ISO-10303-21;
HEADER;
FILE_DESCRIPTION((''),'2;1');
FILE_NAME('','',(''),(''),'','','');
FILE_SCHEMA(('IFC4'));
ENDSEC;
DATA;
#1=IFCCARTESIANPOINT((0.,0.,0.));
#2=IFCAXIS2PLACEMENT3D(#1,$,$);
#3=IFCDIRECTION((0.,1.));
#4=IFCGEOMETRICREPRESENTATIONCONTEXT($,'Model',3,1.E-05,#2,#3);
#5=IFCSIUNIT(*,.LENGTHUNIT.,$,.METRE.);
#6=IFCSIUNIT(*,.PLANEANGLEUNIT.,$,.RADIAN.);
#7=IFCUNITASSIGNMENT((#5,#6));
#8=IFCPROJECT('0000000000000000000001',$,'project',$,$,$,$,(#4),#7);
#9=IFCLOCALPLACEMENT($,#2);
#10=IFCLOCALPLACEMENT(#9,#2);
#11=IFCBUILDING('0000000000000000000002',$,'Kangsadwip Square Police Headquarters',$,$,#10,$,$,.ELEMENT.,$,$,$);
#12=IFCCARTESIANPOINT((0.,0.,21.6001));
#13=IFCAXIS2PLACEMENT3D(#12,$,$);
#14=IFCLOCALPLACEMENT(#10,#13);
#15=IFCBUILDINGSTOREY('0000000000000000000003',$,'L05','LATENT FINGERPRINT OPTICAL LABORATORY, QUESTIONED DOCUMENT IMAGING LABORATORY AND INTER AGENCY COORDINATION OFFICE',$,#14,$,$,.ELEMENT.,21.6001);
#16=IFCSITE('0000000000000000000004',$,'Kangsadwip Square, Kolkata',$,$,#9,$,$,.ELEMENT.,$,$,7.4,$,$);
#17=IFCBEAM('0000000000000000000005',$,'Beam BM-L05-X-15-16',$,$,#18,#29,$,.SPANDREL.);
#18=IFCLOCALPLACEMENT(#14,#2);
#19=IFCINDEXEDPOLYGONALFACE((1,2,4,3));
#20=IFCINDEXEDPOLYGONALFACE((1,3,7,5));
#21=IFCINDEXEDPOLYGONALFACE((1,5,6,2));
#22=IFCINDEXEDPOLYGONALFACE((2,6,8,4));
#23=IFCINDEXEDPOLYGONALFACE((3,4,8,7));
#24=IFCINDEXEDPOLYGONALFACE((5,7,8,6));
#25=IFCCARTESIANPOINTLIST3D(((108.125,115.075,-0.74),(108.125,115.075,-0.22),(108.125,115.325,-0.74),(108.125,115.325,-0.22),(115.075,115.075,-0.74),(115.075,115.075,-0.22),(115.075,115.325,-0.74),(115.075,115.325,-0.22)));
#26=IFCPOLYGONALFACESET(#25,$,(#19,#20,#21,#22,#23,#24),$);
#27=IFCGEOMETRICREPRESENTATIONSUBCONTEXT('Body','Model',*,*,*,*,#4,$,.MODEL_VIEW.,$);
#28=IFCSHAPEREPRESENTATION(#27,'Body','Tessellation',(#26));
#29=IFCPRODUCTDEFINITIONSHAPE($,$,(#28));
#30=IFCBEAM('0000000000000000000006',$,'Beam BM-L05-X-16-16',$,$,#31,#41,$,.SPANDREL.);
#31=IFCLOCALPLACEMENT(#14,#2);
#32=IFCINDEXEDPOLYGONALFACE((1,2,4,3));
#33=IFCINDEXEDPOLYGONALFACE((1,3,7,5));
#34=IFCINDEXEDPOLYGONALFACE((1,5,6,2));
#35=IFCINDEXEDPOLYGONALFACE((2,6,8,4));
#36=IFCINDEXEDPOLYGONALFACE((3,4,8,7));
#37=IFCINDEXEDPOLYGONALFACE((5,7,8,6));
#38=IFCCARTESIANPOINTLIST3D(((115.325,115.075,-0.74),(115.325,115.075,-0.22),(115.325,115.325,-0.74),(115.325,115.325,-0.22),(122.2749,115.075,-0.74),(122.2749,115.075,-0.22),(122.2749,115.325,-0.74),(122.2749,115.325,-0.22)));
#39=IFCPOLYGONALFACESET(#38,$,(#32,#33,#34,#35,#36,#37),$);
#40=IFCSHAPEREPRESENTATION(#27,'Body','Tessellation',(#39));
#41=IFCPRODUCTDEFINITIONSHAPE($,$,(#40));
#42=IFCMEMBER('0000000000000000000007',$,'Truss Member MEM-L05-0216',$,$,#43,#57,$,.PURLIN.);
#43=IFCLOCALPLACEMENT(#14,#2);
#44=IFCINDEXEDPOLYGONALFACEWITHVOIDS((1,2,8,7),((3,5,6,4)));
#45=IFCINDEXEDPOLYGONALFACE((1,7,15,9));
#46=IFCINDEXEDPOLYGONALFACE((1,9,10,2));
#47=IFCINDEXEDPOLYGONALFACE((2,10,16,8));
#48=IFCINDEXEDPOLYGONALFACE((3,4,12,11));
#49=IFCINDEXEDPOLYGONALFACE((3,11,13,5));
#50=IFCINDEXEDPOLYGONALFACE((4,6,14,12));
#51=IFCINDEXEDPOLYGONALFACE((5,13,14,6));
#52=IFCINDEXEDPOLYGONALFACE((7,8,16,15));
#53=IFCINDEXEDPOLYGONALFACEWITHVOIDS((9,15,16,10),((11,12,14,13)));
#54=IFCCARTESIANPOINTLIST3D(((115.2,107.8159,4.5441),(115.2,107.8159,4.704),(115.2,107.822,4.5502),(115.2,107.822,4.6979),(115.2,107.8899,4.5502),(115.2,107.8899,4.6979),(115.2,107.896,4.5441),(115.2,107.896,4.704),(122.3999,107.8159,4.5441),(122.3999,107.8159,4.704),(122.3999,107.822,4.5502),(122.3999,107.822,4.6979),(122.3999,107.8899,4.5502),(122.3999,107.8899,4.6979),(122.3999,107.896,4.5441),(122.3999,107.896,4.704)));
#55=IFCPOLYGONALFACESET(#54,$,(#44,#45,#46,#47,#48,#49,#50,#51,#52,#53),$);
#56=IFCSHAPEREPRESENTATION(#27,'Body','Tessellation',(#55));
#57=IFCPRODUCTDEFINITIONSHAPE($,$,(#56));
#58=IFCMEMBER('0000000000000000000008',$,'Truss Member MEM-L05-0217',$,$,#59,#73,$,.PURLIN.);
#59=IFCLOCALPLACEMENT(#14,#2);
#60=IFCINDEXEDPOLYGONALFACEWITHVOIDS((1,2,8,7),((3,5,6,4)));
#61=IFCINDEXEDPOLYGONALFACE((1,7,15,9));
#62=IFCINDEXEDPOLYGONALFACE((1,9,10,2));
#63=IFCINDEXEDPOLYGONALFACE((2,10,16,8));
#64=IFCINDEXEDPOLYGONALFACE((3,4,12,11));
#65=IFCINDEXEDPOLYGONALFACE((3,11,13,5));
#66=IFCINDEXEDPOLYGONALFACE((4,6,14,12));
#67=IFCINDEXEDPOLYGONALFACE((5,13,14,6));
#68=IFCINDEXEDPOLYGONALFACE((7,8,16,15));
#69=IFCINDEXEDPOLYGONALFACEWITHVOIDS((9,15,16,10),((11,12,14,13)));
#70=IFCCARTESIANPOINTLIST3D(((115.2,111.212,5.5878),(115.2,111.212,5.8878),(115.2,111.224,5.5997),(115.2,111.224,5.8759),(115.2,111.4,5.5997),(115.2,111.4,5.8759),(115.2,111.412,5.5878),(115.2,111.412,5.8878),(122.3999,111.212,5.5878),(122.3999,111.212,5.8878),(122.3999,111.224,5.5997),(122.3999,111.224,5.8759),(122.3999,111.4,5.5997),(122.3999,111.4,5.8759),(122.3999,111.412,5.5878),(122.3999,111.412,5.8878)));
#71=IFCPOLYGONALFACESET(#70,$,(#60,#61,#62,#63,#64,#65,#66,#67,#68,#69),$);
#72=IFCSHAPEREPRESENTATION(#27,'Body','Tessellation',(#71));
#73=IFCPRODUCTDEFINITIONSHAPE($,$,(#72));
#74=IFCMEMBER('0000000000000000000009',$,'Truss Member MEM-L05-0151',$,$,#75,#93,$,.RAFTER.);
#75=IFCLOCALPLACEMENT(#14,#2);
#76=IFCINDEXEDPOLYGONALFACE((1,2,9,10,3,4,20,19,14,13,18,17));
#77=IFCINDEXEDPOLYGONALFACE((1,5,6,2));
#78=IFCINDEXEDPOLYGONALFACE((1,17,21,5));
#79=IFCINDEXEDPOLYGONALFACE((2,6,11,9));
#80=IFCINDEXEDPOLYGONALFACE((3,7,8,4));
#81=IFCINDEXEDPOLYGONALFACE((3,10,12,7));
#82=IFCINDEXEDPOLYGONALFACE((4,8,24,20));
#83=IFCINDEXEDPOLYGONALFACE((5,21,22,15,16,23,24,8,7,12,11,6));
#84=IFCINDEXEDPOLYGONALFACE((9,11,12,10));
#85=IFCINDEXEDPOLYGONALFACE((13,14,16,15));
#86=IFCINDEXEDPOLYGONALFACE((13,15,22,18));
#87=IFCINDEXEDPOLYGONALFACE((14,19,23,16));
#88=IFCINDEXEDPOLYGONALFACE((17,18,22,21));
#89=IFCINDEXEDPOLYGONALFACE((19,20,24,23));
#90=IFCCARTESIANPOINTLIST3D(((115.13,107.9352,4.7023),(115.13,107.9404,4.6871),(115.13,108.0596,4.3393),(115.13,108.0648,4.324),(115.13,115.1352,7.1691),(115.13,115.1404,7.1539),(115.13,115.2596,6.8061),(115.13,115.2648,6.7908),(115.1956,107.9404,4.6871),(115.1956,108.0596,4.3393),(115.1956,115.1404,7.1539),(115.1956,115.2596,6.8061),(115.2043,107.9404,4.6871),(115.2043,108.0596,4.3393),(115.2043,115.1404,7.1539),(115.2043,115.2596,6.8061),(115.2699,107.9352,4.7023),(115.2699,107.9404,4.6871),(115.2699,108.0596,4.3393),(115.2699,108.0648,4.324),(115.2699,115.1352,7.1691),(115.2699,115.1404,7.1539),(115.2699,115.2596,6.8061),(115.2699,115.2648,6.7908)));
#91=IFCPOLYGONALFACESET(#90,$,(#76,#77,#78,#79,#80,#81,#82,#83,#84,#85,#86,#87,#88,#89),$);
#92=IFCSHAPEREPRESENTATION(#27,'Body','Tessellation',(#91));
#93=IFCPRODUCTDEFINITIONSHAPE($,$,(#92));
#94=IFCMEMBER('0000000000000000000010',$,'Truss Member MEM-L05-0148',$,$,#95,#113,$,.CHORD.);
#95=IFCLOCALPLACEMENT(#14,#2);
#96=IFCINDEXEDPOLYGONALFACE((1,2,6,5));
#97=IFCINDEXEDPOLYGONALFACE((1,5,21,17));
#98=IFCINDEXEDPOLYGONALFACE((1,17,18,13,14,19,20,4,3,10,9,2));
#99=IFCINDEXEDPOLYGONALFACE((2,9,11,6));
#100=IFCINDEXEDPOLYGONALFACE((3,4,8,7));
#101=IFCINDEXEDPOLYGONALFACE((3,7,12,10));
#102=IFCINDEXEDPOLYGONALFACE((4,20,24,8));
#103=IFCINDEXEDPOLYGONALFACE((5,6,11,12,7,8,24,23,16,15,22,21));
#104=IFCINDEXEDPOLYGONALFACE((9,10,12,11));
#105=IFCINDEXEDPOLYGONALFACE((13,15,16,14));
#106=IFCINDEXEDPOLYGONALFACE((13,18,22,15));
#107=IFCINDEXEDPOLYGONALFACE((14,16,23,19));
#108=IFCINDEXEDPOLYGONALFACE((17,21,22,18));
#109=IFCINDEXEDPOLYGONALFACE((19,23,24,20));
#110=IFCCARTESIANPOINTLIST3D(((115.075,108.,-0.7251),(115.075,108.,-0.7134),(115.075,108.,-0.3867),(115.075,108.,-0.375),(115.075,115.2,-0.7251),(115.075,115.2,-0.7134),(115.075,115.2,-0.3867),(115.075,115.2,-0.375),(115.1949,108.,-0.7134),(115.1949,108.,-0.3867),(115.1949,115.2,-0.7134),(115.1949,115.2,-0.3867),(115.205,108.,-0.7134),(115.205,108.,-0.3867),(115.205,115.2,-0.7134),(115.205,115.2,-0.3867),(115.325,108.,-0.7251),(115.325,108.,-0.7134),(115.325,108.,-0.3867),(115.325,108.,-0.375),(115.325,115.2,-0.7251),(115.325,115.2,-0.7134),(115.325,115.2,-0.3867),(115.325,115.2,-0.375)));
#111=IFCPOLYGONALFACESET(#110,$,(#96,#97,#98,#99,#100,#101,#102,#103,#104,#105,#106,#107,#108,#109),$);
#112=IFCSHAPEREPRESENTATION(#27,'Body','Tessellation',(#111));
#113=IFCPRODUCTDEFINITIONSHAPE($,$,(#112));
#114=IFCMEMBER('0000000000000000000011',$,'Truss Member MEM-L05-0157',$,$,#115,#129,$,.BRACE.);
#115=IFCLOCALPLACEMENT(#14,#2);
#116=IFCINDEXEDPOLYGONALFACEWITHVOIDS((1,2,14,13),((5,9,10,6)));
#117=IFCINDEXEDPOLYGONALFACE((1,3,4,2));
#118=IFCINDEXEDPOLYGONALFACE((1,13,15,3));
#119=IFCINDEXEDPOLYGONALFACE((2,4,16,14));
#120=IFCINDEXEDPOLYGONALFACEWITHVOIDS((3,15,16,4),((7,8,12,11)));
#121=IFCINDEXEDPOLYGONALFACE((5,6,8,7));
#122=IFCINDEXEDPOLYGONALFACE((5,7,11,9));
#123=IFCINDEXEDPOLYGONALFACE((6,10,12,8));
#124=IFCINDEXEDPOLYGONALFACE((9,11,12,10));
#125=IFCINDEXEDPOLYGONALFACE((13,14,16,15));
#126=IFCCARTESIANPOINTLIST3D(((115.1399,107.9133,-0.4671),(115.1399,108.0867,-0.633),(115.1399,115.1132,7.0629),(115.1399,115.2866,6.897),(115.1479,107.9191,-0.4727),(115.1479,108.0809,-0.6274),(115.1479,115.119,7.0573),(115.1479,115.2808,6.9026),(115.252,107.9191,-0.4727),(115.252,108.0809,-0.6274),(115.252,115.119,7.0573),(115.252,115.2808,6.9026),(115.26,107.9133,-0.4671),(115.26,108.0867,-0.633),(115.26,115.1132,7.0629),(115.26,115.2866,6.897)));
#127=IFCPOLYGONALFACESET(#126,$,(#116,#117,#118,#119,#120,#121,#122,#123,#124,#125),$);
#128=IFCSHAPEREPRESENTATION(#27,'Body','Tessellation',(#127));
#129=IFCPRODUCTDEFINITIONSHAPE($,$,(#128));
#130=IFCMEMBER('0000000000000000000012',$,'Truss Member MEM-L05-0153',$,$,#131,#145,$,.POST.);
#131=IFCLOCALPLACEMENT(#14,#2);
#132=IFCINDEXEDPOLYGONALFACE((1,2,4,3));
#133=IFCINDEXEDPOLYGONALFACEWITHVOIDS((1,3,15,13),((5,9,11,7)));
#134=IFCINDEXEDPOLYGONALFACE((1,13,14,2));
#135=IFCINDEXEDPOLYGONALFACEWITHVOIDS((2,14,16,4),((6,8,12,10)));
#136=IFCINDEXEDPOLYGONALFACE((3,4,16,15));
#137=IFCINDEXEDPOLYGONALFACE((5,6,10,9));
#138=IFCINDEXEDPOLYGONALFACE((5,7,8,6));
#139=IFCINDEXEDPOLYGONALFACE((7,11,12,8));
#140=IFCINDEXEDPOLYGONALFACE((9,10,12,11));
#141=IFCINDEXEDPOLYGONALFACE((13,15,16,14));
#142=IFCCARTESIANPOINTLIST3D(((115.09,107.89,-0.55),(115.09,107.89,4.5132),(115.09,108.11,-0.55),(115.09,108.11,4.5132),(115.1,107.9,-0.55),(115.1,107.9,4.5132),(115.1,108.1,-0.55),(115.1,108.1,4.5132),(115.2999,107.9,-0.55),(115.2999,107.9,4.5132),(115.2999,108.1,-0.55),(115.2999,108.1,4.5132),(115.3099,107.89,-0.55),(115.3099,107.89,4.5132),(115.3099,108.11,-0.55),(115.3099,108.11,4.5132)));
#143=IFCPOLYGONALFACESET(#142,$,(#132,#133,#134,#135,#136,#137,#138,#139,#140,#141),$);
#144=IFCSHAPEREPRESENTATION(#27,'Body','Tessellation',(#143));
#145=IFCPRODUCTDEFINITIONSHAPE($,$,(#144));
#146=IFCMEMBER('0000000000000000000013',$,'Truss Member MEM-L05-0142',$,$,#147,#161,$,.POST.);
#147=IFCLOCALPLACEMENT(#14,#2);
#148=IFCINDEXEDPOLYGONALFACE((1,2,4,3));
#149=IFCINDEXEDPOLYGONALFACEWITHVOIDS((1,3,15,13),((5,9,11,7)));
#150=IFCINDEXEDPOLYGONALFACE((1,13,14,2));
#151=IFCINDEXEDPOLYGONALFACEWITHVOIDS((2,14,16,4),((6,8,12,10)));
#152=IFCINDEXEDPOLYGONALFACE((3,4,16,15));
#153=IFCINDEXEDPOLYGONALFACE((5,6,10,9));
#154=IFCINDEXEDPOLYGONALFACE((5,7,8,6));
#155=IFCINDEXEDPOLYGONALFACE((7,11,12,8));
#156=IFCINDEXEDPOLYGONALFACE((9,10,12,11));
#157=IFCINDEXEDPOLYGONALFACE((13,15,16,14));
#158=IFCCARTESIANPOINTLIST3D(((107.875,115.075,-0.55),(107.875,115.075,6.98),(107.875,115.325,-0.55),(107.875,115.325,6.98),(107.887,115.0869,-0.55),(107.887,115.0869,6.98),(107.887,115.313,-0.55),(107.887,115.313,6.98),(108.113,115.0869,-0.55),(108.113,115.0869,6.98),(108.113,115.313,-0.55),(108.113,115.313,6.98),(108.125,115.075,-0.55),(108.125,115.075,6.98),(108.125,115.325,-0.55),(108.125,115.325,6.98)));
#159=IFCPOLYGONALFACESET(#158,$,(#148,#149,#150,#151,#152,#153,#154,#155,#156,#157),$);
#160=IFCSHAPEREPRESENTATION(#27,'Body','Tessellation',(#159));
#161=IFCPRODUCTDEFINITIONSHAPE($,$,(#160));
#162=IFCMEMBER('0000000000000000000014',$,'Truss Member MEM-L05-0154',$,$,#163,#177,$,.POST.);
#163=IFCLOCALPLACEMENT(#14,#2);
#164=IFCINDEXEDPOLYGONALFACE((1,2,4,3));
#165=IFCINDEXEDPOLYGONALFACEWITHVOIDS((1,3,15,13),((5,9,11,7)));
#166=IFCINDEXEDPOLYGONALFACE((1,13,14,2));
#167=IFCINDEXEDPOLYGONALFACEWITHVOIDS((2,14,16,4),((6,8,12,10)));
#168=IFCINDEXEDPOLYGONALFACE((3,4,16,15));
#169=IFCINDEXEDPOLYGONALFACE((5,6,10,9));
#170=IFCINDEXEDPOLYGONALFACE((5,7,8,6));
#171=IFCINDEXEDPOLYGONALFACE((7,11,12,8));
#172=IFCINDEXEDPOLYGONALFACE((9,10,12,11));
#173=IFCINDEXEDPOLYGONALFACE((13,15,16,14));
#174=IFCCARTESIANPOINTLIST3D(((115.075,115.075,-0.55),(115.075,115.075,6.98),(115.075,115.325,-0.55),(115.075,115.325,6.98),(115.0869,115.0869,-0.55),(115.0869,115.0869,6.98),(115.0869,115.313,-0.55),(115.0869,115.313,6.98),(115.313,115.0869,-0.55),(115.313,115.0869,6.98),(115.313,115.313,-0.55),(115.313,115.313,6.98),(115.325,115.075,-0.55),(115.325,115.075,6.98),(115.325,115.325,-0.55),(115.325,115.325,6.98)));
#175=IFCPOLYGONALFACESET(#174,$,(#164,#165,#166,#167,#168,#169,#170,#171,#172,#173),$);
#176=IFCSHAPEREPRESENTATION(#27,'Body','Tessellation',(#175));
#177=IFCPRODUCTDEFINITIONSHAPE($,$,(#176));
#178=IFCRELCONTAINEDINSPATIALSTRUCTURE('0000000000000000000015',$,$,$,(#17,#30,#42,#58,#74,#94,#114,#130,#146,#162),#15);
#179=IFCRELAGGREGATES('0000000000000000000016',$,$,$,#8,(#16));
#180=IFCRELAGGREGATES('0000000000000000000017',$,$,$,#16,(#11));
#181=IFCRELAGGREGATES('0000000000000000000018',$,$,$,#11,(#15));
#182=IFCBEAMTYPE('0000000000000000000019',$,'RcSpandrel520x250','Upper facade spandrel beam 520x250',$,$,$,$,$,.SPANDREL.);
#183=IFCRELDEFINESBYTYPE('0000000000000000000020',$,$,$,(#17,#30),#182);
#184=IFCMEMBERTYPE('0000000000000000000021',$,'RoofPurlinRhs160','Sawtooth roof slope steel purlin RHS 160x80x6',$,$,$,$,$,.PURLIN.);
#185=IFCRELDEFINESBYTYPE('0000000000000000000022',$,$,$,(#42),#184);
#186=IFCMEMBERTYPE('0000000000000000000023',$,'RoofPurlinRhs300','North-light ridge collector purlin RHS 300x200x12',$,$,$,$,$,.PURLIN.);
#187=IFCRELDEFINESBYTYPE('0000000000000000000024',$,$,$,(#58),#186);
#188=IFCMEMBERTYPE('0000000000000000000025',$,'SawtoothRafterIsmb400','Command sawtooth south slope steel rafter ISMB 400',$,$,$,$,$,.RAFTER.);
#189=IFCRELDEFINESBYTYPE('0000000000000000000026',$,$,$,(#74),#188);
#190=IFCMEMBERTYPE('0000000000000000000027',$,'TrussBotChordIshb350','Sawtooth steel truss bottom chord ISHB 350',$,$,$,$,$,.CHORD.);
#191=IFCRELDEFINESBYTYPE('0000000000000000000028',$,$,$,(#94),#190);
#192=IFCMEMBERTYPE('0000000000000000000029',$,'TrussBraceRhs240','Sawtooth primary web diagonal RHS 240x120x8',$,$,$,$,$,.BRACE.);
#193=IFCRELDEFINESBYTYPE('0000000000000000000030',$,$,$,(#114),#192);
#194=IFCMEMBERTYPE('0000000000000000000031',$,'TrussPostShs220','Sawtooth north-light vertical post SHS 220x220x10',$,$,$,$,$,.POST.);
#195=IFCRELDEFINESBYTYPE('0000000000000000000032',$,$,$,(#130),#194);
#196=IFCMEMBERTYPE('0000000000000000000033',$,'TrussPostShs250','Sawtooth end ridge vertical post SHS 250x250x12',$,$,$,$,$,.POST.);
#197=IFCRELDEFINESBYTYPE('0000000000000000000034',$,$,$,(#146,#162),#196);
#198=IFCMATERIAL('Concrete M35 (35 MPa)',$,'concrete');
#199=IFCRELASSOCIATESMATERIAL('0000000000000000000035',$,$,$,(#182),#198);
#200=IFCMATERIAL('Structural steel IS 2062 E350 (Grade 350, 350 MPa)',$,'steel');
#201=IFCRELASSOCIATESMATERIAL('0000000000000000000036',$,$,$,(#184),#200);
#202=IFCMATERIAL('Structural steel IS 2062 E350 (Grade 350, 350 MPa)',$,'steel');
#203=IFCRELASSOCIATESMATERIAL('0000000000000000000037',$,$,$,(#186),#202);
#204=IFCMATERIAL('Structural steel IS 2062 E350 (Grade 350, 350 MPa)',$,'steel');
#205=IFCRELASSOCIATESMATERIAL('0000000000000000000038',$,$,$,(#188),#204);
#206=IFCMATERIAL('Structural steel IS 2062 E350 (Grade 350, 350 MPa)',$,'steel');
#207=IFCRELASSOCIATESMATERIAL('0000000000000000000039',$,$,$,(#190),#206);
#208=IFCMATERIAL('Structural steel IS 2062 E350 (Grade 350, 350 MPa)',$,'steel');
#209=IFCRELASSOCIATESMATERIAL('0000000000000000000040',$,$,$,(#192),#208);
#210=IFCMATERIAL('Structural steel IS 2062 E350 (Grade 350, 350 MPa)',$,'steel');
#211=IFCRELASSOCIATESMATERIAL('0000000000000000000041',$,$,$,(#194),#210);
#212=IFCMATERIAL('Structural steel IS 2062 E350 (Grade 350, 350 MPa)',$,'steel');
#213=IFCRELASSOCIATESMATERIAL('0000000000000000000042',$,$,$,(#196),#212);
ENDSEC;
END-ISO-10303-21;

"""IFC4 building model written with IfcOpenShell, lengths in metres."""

from ifc_helpers import new_model, si_unit, direction, frame, origin, origin_2d, place, context, subcontext, project, spatial, rectangle, hollow_rectangle, i_section, extrude, material, material_profile, profile_set, type_object, element, save


model = new_model("IFC4")

# Units and contexts
model_context = context("Model", 3, precision=1e-05, world=origin(), true_north=direction((0.0, 1.0)))
body_context = subcontext(model_context, "Body", "Model", "MODEL_VIEW")
ifc_project = project(units=[si_unit("LENGTHUNIT", "METRE"), si_unit("PLANEANGLEUNIT", "RADIAN")], contexts=[model_context])

# Site, building, storey
site_placement = place(None, origin())
site = spatial("IfcSite", under=ifc_project, at=site_placement, Name="Kangsadwip Square, Kolkata", CompositionType="ELEMENT", RefElevation=7.4)
building_placement = place(site_placement, origin())
building = spatial("IfcBuilding", under=site, at=building_placement, Name="Kangsadwip Square Police Headquarters", CompositionType="ELEMENT")
storey_placement = place(building_placement, frame((0.0, 0.0, 21.6001)))
storey = spatial("IfcBuildingStorey", under=building, at=storey_placement, Name="L05", Description="LATENT FINGERPRINT OPTICAL LABORATORY, QUESTIONED DOCUMENT IMAGING LABORATORY AND INTER AGENCY COORDINATION OFFICE", CompositionType="ELEMENT", Elevation=21.6001)

# Beams
ifc_material_1 = material(Name="Concrete M35 (35 MPa)", Category="concrete")
ifc_material_profile_1 = material_profile(ifc_material_1, rectangle(XDim=0.25, YDim=0.52, at=origin_2d()), Name="RC SPN 520X250")
ifc_profile_set_1 = profile_set([ifc_material_profile_1], Name="Concrete M35 (35 MPa)")
beam_type = type_object("IfcBeamType", Name="RcSpandrel520x250", Description="Upper facade spandrel beam 520x250", PredefinedType="SPANDREL", material=ifc_profile_set_1)
for number, where, z_axis, x_axis, name in (
    (1, (108.125, 115.2, -0.48), (1.0, 0.0, 0.0), (0.0, 1.0, 0.0), "Beam BM-L05-X-15-16"),
    (2, (115.325, 115.2, -0.48), (1.0, 0.0, 0.0), (0.0, 1.0, 0.0), "Beam BM-L05-X-16-16"),
):
    element("IfcBeam", number, at=place(storey_placement, frame(where, z_axis=z_axis, x_axis=x_axis)), inside=storey, type_object=beam_type, Name=name, PredefinedType="SPANDREL", context=body_context, shape_type="SweptSolid", body=[
        extrude(rectangle(XDim=0.25, YDim=0.52, at=origin_2d()), origin(), (0.0, 0.0, 1.0), 6.95),
    ])

# Members
ifc_material_2 = material(Name="Structural steel IS 2062 E350 (Grade 350, 350 MPa)", Category="steel")
ifc_material_profile_2 = material_profile(ifc_material_2, hollow_rectangle(XDim=0.0801, YDim=0.1599, WallThickness=0.0061, at=origin_2d()), Name="RHS 160X80X6")
ifc_profile_set_2 = profile_set([ifc_material_profile_2], Name="Structural steel IS 2062 E350 (Grade 350, 350 MPa)")
member_type_1 = type_object("IfcMemberType", Name="RoofPurlinRhs160", Description="Sawtooth roof slope steel purlin RHS 160x80x6", PredefinedType="PURLIN", material=ifc_profile_set_2)
member_1_placement = place(storey_placement, frame((115.2, 107.856, 4.624), z_axis=(1.0, 0.0, 0.0), x_axis=(0.0, 1.0, 0.0)))
element("IfcMember", 3, at=member_1_placement, inside=storey, type_object=member_type_1, Name="Truss Member MEM-L05-0216", PredefinedType="PURLIN", context=body_context, shape_type="SweptSolid", body=[
    extrude(hollow_rectangle(XDim=0.0801, YDim=0.1599, WallThickness=0.0061, at=origin_2d()), origin(), (0.0, 0.0, 1.0), 7.2),
])
ifc_material_3 = material(Name="Structural steel IS 2062 E350 (Grade 350, 350 MPa)", Category="steel")
ifc_material_profile_3 = material_profile(ifc_material_3, hollow_rectangle(XDim=0.2, YDim=0.3, WallThickness=0.012, at=origin_2d()), Name="RHS 300X200X12")
ifc_profile_set_3 = profile_set([ifc_material_profile_3], Name="Structural steel IS 2062 E350 (Grade 350, 350 MPa)")
member_type_2 = type_object("IfcMemberType", Name="RoofPurlinRhs300", Description="North-light ridge collector purlin RHS 300x200x12", PredefinedType="PURLIN", material=ifc_profile_set_3)
member_2_placement = place(storey_placement, frame((115.2, 111.312, 5.7378), z_axis=(1.0, 0.0, 0.0), x_axis=(0.0, 1.0, 0.0)))
element("IfcMember", 4, at=member_2_placement, inside=storey, type_object=member_type_2, Name="Truss Member MEM-L05-0217", PredefinedType="PURLIN", context=body_context, shape_type="SweptSolid", body=[
    extrude(hollow_rectangle(XDim=0.2, YDim=0.3, WallThickness=0.012, at=origin_2d()), origin(), (0.0, 0.0, 1.0), 7.2),
])
ifc_material_4 = material(Name="Structural steel IS 2062 E350 (Grade 350, 350 MPa)", Category="steel")
ifc_material_profile_4 = material_profile(ifc_material_4, i_section(OverallWidth=0.1399, OverallDepth=0.3999, WebThickness=0.0088, FlangeThickness=0.0161, at=origin_2d()), Name="ISMB 400")
ifc_profile_set_4 = profile_set([ifc_material_profile_4], Name="Structural steel IS 2062 E350 (Grade 350, 350 MPa)")
member_type_3 = type_object("IfcMemberType", Name="SawtoothRafterIsmb400", Description="Command sawtooth south slope steel rafter ISMB 400", PredefinedType="RAFTER", material=ifc_profile_set_4)
member_3_placement = place(storey_placement, frame((115.2, 108.0, 4.5132), z_axis=(0.0, 0.946017, 0.324118), x_axis=(-1.0, 0.0, 0.0)))
element("IfcMember", 5, at=member_3_placement, inside=storey, type_object=member_type_3, Name="Truss Member MEM-L05-0151", PredefinedType="RAFTER", context=body_context, shape_type="SweptSolid", body=[
    extrude(i_section(OverallWidth=0.1399, OverallDepth=0.3999, WebThickness=0.0088, FlangeThickness=0.0161, at=origin_2d()), origin(), (0.0, 0.0, 1.0), 7.6108),
])
ifc_material_5 = material(Name="Structural steel IS 2062 E350 (Grade 350, 350 MPa)", Category="steel")
ifc_material_profile_5 = material_profile(ifc_material_5, i_section(OverallWidth=0.25, OverallDepth=0.3501, WebThickness=0.01, FlangeThickness=0.0117, at=origin_2d()), Name="ISHB 350")
ifc_profile_set_5 = profile_set([ifc_material_profile_5], Name="Structural steel IS 2062 E350 (Grade 350, 350 MPa)")
member_type_4 = type_object("IfcMemberType", Name="TrussBotChordIshb350", Description="Sawtooth steel truss bottom chord ISHB 350", PredefinedType="CHORD", material=ifc_profile_set_5)
member_4_placement = place(storey_placement, frame((115.2, 108.0, -0.55), z_axis=(0.0, 1.0, 0.0), x_axis=(-1.0, 0.0, 0.0)))
element("IfcMember", 6, at=member_4_placement, inside=storey, type_object=member_type_4, Name="Truss Member MEM-L05-0148", PredefinedType="CHORD", context=body_context, shape_type="SweptSolid", body=[
    extrude(i_section(OverallWidth=0.25, OverallDepth=0.3501, WebThickness=0.01, FlangeThickness=0.0117, at=origin_2d()), origin(), (0.0, 0.0, 1.0), 7.2),
])
ifc_material_6 = material(Name="Structural steel IS 2062 E350 (Grade 350, 350 MPa)", Category="steel")
ifc_material_profile_6 = material_profile(ifc_material_6, hollow_rectangle(XDim=0.1201, YDim=0.24, WallThickness=0.0081, at=origin_2d()), Name="RHS 240X120X8")
ifc_profile_set_6 = profile_set([ifc_material_profile_6], Name="Structural steel IS 2062 E350 (Grade 350, 350 MPa)")
member_type_5 = type_object("IfcMemberType", Name="TrussBraceRhs240", Description="Sawtooth primary web diagonal RHS 240x120x8", PredefinedType="BRACE", material=ifc_profile_set_6)
member_5_placement = place(storey_placement, frame((115.2, 108.0, -0.55), z_axis=(0.0, 0.691088, 0.722771), x_axis=(-1.0, 0.0, 0.0)))
element("IfcMember", 7, at=member_5_placement, inside=storey, type_object=member_type_5, Name="Truss Member MEM-L05-0157", PredefinedType="BRACE", context=body_context, shape_type="SweptSolid", body=[
    extrude(hollow_rectangle(XDim=0.1201, YDim=0.24, WallThickness=0.0081, at=origin_2d()), origin(), (0.0, 0.0, 1.0), 10.4182),
])
ifc_material_7 = material(Name="Structural steel IS 2062 E350 (Grade 350, 350 MPa)", Category="steel")
ifc_material_profile_7 = material_profile(ifc_material_7, hollow_rectangle(XDim=0.22, YDim=0.22, WallThickness=0.01, at=origin_2d()), Name="SHS 220X220X10")
ifc_profile_set_7 = profile_set([ifc_material_profile_7], Name="Structural steel IS 2062 E350 (Grade 350, 350 MPa)")
member_type_6 = type_object("IfcMemberType", Name="TrussPostShs220", Description="Sawtooth north-light vertical post SHS 220x220x10", PredefinedType="POST", material=ifc_profile_set_7)
member_6_placement = place(storey_placement, frame((115.2, 108.0, -0.55), z_axis=(0.0, 0.0, 1.0), x_axis=(1.0, 0.0, 0.0)))
element("IfcMember", 8, at=member_6_placement, inside=storey, type_object=member_type_6, Name="Truss Member MEM-L05-0153", PredefinedType="POST", context=body_context, shape_type="SweptSolid", body=[
    extrude(hollow_rectangle(XDim=0.22, YDim=0.22, WallThickness=0.01, at=origin_2d()), origin(), (0.0, 0.0, 1.0), 5.0632),
])
ifc_material_8 = material(Name="Structural steel IS 2062 E350 (Grade 350, 350 MPa)", Category="steel")
ifc_material_profile_8 = material_profile(ifc_material_8, hollow_rectangle(XDim=0.25, YDim=0.25, WallThickness=0.012, at=origin_2d()), Name="SHS 250X250X12")
ifc_profile_set_8 = profile_set([ifc_material_profile_8], Name="Structural steel IS 2062 E350 (Grade 350, 350 MPa)")
member_type_7 = type_object("IfcMemberType", Name="TrussPostShs250", Description="Sawtooth end ridge vertical post SHS 250x250x12", PredefinedType="POST", material=ifc_profile_set_8)
for number, where, z_axis, x_axis, name in (
    (9, (108.0, 115.2, -0.55), (0.0, 0.0, 1.0), (1.0, 0.0, 0.0), "Truss Member MEM-L05-0142"),
    (10, (115.2, 115.2, -0.55), (0.0, 0.0, 1.0), (1.0, 0.0, 0.0), "Truss Member MEM-L05-0154"),
):
    element("IfcMember", number, at=place(storey_placement, frame(where, z_axis=z_axis, x_axis=x_axis)), inside=storey, type_object=member_type_7, Name=name, PredefinedType="POST", context=body_context, shape_type="SweptSolid", body=[
        extrude(hollow_rectangle(XDim=0.25, YDim=0.25, WallThickness=0.012, at=origin_2d()), origin(), (0.0, 0.0, 1.0), 7.53),
    ])

save(model, "model.ifc")
